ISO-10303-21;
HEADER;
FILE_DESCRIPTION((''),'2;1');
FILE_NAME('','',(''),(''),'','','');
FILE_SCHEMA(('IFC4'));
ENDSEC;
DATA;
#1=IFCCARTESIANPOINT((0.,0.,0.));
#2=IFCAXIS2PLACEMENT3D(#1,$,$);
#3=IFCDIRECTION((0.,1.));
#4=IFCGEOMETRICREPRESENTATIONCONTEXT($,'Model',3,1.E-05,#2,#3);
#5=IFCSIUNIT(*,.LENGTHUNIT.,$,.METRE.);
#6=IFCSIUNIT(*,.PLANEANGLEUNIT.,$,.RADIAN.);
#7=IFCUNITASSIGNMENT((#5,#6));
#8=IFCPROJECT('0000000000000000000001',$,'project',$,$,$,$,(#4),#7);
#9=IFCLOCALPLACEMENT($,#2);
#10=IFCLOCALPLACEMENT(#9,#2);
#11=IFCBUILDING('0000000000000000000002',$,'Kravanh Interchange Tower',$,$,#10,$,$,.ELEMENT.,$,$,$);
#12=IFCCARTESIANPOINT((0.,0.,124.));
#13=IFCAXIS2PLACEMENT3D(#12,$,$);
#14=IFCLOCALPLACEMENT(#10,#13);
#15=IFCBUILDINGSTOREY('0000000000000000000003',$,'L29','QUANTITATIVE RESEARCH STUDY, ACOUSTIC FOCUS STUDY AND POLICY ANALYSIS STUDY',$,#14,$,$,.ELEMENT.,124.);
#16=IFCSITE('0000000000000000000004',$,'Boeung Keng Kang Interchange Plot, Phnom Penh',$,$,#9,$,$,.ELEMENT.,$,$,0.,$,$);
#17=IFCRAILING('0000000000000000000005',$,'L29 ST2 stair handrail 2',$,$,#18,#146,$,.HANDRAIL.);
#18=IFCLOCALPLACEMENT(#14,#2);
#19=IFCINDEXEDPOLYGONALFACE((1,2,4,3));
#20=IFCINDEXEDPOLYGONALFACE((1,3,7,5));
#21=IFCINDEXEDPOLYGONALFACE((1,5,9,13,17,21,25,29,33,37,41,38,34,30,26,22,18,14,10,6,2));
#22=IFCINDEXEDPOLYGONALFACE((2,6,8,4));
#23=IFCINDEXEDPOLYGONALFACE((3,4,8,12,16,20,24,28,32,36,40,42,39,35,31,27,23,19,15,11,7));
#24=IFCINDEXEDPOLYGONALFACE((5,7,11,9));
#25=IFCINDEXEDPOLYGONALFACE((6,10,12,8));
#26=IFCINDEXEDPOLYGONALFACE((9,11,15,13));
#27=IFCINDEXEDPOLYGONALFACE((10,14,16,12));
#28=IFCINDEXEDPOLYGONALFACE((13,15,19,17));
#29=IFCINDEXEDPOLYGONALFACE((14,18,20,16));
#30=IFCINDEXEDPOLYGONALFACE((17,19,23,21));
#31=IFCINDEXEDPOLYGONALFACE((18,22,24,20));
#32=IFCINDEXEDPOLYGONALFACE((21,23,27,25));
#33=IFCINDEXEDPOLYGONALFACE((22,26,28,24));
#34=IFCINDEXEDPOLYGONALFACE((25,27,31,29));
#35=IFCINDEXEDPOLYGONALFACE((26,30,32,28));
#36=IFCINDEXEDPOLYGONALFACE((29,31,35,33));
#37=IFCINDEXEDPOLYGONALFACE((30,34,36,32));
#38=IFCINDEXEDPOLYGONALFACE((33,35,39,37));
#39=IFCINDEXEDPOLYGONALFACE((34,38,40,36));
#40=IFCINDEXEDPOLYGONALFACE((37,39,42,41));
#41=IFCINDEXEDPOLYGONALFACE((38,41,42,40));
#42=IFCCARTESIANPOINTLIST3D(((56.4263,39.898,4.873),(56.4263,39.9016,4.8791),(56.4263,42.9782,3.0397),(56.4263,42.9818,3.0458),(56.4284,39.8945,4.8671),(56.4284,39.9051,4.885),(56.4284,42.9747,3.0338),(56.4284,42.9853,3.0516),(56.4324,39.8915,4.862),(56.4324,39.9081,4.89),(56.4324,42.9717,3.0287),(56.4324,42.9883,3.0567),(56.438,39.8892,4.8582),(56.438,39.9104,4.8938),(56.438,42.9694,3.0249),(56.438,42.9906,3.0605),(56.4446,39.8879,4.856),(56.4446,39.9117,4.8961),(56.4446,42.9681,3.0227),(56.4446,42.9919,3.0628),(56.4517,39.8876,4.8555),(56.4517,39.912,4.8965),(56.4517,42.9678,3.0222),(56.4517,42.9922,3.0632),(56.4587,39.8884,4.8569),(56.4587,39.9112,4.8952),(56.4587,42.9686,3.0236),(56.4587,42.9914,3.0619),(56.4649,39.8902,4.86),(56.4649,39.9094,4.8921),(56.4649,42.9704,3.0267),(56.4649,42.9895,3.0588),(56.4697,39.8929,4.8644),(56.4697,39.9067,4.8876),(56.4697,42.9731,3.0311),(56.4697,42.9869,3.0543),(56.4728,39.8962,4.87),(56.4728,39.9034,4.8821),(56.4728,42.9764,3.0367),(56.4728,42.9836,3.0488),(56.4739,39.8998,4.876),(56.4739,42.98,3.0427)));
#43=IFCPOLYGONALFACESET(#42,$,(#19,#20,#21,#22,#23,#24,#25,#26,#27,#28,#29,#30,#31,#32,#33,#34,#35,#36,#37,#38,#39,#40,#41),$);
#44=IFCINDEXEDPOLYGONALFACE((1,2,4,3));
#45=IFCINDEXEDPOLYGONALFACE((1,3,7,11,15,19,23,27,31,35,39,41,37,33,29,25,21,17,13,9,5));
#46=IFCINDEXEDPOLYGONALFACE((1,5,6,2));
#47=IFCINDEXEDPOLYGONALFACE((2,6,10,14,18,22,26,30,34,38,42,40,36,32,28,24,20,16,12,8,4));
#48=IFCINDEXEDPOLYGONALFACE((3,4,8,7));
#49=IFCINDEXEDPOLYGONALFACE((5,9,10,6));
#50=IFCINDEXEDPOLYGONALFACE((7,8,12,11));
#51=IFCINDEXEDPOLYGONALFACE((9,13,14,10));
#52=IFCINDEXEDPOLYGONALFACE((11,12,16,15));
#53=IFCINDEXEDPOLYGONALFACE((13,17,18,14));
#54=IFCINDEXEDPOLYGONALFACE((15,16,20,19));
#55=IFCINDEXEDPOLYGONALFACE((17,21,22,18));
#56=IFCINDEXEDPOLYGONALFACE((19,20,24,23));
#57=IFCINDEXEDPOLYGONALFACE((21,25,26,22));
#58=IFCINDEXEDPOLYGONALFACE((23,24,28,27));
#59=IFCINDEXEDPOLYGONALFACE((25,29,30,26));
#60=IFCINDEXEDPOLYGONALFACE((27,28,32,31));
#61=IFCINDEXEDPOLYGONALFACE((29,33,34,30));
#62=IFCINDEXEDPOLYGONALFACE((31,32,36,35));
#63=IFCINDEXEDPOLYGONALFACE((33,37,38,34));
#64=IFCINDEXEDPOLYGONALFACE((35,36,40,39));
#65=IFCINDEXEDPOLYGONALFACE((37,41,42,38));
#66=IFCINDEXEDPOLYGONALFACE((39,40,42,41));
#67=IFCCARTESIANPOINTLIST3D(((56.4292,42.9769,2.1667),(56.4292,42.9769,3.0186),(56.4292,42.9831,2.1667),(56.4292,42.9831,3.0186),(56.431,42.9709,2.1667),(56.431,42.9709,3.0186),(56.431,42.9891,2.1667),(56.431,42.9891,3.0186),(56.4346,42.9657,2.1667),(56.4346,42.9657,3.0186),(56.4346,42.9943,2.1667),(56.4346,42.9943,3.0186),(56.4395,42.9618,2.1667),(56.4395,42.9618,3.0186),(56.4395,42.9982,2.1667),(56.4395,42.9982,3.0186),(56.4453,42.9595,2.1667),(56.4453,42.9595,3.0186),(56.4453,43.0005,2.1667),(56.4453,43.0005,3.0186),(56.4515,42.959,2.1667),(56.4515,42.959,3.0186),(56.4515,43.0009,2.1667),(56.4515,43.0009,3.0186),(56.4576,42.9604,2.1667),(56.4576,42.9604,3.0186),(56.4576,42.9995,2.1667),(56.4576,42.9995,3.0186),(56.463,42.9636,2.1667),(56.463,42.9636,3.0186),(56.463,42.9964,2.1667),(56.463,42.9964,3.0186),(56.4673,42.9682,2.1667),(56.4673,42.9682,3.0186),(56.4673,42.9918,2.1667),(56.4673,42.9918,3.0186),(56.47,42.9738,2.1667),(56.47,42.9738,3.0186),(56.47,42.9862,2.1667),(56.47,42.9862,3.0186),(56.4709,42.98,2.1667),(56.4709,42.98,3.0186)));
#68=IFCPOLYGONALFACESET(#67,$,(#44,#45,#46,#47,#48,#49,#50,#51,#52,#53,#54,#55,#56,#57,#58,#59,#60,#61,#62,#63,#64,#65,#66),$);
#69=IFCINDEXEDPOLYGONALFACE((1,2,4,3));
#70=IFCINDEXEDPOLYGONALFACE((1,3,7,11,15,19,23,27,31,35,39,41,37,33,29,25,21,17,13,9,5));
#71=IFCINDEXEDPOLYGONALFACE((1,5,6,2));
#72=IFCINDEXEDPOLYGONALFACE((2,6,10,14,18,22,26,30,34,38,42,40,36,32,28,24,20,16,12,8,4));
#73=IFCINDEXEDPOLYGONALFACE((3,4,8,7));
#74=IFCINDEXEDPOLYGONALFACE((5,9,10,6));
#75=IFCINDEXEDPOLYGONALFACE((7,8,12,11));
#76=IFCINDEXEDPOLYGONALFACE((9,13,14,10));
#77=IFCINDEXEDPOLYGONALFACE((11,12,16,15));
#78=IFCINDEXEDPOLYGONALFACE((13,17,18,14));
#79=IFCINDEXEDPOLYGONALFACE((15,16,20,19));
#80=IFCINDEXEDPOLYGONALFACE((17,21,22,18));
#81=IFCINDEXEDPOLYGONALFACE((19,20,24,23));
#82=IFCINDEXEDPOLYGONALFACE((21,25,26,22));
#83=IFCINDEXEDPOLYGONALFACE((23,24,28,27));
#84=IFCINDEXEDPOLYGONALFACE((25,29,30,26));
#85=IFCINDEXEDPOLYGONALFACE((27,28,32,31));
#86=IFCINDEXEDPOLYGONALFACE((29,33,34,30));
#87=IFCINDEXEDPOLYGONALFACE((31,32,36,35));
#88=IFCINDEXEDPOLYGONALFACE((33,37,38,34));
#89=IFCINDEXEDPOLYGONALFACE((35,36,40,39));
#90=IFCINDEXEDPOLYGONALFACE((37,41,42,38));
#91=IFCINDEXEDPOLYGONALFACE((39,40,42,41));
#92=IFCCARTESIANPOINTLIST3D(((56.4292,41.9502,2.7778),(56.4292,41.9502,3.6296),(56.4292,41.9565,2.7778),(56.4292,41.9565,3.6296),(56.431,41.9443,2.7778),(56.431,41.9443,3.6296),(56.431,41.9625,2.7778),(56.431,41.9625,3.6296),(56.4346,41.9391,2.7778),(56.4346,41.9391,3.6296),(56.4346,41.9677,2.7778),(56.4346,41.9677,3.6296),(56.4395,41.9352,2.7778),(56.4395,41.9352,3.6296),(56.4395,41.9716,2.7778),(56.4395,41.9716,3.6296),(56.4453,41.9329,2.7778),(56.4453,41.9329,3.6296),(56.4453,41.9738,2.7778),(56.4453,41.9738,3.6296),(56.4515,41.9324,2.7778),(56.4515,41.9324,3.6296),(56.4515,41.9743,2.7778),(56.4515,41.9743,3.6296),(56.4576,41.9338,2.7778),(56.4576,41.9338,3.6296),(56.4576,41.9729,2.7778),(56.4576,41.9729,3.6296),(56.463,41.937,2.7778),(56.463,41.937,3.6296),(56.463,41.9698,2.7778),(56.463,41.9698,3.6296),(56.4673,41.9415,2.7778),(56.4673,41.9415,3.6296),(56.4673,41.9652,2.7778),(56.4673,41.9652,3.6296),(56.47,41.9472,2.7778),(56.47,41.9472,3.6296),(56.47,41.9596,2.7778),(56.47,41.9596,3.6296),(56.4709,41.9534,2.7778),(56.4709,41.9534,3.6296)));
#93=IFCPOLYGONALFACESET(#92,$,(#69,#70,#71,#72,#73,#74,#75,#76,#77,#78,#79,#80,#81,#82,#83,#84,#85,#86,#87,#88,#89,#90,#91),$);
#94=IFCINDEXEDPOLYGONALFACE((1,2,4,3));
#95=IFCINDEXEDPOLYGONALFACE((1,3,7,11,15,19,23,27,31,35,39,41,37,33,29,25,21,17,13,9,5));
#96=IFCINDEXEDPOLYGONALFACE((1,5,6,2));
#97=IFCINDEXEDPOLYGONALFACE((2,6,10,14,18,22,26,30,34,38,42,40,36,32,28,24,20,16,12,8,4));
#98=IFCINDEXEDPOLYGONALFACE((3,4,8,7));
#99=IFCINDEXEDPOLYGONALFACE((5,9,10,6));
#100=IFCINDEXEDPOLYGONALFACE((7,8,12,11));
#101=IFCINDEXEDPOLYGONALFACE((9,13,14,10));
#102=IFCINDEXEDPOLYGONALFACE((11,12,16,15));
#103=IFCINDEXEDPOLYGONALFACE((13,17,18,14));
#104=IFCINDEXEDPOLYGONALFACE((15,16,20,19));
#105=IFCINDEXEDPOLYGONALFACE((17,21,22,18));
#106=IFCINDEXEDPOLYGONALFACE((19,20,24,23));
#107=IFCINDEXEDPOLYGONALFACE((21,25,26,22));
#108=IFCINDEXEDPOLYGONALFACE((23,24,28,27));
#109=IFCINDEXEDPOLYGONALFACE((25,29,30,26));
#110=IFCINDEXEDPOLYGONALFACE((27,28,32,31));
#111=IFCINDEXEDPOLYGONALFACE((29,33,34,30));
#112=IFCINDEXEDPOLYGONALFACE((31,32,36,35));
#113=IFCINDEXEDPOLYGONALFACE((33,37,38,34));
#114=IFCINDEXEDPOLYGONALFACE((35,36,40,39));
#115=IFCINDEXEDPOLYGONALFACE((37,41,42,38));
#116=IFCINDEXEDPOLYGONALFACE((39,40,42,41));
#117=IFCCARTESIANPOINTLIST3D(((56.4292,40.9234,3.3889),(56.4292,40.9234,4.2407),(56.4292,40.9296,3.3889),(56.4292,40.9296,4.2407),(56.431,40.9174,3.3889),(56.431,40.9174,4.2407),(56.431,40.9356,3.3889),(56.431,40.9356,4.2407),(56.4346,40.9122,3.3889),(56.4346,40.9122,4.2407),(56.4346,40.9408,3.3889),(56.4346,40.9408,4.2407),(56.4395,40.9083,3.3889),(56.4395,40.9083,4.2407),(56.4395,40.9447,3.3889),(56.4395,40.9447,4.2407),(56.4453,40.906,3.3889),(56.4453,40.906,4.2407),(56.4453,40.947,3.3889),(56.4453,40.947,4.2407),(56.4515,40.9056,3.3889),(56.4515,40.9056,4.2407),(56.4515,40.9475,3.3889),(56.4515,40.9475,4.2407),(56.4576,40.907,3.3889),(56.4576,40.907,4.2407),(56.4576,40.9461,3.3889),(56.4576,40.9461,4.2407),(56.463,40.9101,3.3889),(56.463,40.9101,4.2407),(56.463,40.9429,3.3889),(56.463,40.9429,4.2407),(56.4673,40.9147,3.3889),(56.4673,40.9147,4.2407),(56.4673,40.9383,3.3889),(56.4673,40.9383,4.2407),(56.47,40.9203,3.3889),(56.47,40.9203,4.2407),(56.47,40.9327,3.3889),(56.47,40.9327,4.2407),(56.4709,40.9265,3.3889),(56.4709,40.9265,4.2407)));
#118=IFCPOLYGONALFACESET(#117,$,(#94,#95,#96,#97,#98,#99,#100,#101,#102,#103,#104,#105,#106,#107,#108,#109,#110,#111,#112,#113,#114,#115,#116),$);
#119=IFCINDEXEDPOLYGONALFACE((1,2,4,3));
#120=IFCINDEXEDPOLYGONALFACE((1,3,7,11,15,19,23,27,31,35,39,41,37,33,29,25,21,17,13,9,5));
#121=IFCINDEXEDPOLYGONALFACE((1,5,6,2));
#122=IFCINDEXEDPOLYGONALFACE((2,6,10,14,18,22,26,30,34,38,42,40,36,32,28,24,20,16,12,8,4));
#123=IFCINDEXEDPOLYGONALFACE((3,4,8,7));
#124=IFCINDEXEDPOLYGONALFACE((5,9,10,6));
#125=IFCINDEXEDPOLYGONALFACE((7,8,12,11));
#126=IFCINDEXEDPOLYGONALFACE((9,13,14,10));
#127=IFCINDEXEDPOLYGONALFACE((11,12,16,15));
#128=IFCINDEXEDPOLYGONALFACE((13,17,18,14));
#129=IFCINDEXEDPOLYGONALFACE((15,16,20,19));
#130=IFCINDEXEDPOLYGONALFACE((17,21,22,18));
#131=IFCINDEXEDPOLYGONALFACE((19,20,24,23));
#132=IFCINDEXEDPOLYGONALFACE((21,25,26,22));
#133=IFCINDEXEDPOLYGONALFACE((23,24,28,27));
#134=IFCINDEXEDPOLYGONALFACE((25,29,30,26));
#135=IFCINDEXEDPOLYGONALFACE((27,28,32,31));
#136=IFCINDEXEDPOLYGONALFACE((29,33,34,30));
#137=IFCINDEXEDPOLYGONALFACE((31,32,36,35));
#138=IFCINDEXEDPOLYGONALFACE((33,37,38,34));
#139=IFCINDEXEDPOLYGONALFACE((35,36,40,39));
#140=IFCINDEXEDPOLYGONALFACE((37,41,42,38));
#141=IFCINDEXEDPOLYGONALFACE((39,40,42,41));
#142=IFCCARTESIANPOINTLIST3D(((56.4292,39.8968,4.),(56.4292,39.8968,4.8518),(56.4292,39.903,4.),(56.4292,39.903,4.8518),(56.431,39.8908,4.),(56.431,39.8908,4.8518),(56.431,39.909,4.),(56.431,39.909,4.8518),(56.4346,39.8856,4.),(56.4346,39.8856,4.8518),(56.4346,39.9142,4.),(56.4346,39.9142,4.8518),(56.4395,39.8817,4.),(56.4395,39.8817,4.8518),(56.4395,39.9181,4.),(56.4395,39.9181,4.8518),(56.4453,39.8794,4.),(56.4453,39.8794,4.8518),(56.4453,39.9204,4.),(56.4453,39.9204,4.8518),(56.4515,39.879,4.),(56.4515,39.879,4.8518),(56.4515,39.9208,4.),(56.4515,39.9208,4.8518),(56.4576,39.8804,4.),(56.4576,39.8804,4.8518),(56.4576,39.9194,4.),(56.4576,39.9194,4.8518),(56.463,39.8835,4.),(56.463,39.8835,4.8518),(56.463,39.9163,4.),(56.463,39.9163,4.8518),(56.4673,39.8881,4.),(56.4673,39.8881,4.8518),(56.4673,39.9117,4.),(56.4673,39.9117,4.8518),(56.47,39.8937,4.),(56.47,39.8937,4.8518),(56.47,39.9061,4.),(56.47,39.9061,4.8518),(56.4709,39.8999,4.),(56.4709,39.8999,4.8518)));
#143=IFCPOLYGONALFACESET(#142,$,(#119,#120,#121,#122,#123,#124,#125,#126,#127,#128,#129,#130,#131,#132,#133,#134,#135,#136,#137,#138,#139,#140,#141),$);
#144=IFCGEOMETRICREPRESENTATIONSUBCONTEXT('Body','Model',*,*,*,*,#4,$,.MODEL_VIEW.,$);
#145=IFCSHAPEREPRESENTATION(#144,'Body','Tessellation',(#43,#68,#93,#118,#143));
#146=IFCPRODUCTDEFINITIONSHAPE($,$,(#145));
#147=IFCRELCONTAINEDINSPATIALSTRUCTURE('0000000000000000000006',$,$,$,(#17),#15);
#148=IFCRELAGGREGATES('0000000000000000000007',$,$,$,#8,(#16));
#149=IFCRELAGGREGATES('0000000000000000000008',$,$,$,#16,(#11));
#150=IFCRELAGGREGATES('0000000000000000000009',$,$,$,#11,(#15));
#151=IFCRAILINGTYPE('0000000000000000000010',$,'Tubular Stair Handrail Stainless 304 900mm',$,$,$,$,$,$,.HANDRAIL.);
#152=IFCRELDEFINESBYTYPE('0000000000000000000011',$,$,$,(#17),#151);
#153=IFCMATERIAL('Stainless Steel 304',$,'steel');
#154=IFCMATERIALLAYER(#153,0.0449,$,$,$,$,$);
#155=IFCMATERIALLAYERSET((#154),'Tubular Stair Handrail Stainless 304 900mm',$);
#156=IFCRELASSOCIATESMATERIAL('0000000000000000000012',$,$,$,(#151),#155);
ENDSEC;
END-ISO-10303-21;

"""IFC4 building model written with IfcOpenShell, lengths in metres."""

from ifc_helpers import new_model, si_unit, direction, frame, origin, origin_2d, place, context, subcontext, project, spatial, circle, extrude, material, layer, layer_set, type_object, element, save


model = new_model("IFC4")

# Units and contexts
model_context = context("Model", 3, precision=1e-05, world=origin(), true_north=direction((0.0, 1.0)))
body_context = subcontext(model_context, "Body", "Model", "MODEL_VIEW")
ifc_project = project(units=[si_unit("LENGTHUNIT", "METRE"), si_unit("PLANEANGLEUNIT", "RADIAN")], contexts=[model_context])

# Site, building, storey
site_placement = place(None, origin())
site = spatial("IfcSite", under=ifc_project, at=site_placement, Name="Boeung Keng Kang Interchange Plot, Phnom Penh", CompositionType="ELEMENT", RefElevation=0.0)
building_placement = place(site_placement, origin())
building = spatial("IfcBuilding", under=site, at=building_placement, Name="Kravanh Interchange Tower", CompositionType="ELEMENT")
storey_placement = place(building_placement, frame((0.0, 0.0, 124.0)))
storey = spatial("IfcBuildingStorey", under=building, at=storey_placement, Name="L29", Description="QUANTITATIVE RESEARCH STUDY, ACOUSTIC FOCUS STUDY AND POLICY ANALYSIS STUDY", CompositionType="ELEMENT", Elevation=124.0)

# Railing
ifc_material_1 = material(Name="Stainless Steel 304", Category="steel")
ifc_layer_1 = layer(ifc_material_1, 0.0449)
ifc_layer_set_1 = layer_set([ifc_layer_1], Name="Tubular Stair Handrail Stainless 304 900mm")
railing_type_1 = type_object("IfcRailingType", Name="Tubular Stair Handrail Stainless 304 900mm", PredefinedType="HANDRAIL", material=ifc_layer_set_1)
railing_1_placement = place(storey_placement, frame((56.45, 42.98, 2.1667)))
element("IfcRailing", 1, at=railing_1_placement, inside=storey, type_object=railing_type_1, Name="L29 ST2 stair handrail 2", PredefinedType="HANDRAIL", context=body_context, shape_type="SweptSolid", body=[
    extrude(circle(Radius=0.0239, at=origin_2d()), frame((0.0, 0.0, 0.876), z_axis=(0.0, -0.859309, 0.511458), x_axis=(1.0, 0.0, 0.0)), (0.0, 0.0, 1.0), 3.5845),
    extrude(circle(Radius=0.021, at=origin_2d()), origin(), (0.0, 0.0, 1.0), 0.8518),
    extrude(circle(Radius=0.021, at=origin_2d()), frame((0.0, -1.0266, 0.6111)), (0.0, 0.0, 1.0), 0.8518),
    extrude(circle(Radius=0.021, at=origin_2d()), frame((0.0, -2.0535, 1.2222)), (0.0, 0.0, 1.0), 0.8518),
    extrude(circle(Radius=0.021, at=origin_2d()), frame((0.0, -3.0801, 1.8333)), (0.0, 0.0, 1.0), 0.8518),
])

save(model, "model.ifc")
